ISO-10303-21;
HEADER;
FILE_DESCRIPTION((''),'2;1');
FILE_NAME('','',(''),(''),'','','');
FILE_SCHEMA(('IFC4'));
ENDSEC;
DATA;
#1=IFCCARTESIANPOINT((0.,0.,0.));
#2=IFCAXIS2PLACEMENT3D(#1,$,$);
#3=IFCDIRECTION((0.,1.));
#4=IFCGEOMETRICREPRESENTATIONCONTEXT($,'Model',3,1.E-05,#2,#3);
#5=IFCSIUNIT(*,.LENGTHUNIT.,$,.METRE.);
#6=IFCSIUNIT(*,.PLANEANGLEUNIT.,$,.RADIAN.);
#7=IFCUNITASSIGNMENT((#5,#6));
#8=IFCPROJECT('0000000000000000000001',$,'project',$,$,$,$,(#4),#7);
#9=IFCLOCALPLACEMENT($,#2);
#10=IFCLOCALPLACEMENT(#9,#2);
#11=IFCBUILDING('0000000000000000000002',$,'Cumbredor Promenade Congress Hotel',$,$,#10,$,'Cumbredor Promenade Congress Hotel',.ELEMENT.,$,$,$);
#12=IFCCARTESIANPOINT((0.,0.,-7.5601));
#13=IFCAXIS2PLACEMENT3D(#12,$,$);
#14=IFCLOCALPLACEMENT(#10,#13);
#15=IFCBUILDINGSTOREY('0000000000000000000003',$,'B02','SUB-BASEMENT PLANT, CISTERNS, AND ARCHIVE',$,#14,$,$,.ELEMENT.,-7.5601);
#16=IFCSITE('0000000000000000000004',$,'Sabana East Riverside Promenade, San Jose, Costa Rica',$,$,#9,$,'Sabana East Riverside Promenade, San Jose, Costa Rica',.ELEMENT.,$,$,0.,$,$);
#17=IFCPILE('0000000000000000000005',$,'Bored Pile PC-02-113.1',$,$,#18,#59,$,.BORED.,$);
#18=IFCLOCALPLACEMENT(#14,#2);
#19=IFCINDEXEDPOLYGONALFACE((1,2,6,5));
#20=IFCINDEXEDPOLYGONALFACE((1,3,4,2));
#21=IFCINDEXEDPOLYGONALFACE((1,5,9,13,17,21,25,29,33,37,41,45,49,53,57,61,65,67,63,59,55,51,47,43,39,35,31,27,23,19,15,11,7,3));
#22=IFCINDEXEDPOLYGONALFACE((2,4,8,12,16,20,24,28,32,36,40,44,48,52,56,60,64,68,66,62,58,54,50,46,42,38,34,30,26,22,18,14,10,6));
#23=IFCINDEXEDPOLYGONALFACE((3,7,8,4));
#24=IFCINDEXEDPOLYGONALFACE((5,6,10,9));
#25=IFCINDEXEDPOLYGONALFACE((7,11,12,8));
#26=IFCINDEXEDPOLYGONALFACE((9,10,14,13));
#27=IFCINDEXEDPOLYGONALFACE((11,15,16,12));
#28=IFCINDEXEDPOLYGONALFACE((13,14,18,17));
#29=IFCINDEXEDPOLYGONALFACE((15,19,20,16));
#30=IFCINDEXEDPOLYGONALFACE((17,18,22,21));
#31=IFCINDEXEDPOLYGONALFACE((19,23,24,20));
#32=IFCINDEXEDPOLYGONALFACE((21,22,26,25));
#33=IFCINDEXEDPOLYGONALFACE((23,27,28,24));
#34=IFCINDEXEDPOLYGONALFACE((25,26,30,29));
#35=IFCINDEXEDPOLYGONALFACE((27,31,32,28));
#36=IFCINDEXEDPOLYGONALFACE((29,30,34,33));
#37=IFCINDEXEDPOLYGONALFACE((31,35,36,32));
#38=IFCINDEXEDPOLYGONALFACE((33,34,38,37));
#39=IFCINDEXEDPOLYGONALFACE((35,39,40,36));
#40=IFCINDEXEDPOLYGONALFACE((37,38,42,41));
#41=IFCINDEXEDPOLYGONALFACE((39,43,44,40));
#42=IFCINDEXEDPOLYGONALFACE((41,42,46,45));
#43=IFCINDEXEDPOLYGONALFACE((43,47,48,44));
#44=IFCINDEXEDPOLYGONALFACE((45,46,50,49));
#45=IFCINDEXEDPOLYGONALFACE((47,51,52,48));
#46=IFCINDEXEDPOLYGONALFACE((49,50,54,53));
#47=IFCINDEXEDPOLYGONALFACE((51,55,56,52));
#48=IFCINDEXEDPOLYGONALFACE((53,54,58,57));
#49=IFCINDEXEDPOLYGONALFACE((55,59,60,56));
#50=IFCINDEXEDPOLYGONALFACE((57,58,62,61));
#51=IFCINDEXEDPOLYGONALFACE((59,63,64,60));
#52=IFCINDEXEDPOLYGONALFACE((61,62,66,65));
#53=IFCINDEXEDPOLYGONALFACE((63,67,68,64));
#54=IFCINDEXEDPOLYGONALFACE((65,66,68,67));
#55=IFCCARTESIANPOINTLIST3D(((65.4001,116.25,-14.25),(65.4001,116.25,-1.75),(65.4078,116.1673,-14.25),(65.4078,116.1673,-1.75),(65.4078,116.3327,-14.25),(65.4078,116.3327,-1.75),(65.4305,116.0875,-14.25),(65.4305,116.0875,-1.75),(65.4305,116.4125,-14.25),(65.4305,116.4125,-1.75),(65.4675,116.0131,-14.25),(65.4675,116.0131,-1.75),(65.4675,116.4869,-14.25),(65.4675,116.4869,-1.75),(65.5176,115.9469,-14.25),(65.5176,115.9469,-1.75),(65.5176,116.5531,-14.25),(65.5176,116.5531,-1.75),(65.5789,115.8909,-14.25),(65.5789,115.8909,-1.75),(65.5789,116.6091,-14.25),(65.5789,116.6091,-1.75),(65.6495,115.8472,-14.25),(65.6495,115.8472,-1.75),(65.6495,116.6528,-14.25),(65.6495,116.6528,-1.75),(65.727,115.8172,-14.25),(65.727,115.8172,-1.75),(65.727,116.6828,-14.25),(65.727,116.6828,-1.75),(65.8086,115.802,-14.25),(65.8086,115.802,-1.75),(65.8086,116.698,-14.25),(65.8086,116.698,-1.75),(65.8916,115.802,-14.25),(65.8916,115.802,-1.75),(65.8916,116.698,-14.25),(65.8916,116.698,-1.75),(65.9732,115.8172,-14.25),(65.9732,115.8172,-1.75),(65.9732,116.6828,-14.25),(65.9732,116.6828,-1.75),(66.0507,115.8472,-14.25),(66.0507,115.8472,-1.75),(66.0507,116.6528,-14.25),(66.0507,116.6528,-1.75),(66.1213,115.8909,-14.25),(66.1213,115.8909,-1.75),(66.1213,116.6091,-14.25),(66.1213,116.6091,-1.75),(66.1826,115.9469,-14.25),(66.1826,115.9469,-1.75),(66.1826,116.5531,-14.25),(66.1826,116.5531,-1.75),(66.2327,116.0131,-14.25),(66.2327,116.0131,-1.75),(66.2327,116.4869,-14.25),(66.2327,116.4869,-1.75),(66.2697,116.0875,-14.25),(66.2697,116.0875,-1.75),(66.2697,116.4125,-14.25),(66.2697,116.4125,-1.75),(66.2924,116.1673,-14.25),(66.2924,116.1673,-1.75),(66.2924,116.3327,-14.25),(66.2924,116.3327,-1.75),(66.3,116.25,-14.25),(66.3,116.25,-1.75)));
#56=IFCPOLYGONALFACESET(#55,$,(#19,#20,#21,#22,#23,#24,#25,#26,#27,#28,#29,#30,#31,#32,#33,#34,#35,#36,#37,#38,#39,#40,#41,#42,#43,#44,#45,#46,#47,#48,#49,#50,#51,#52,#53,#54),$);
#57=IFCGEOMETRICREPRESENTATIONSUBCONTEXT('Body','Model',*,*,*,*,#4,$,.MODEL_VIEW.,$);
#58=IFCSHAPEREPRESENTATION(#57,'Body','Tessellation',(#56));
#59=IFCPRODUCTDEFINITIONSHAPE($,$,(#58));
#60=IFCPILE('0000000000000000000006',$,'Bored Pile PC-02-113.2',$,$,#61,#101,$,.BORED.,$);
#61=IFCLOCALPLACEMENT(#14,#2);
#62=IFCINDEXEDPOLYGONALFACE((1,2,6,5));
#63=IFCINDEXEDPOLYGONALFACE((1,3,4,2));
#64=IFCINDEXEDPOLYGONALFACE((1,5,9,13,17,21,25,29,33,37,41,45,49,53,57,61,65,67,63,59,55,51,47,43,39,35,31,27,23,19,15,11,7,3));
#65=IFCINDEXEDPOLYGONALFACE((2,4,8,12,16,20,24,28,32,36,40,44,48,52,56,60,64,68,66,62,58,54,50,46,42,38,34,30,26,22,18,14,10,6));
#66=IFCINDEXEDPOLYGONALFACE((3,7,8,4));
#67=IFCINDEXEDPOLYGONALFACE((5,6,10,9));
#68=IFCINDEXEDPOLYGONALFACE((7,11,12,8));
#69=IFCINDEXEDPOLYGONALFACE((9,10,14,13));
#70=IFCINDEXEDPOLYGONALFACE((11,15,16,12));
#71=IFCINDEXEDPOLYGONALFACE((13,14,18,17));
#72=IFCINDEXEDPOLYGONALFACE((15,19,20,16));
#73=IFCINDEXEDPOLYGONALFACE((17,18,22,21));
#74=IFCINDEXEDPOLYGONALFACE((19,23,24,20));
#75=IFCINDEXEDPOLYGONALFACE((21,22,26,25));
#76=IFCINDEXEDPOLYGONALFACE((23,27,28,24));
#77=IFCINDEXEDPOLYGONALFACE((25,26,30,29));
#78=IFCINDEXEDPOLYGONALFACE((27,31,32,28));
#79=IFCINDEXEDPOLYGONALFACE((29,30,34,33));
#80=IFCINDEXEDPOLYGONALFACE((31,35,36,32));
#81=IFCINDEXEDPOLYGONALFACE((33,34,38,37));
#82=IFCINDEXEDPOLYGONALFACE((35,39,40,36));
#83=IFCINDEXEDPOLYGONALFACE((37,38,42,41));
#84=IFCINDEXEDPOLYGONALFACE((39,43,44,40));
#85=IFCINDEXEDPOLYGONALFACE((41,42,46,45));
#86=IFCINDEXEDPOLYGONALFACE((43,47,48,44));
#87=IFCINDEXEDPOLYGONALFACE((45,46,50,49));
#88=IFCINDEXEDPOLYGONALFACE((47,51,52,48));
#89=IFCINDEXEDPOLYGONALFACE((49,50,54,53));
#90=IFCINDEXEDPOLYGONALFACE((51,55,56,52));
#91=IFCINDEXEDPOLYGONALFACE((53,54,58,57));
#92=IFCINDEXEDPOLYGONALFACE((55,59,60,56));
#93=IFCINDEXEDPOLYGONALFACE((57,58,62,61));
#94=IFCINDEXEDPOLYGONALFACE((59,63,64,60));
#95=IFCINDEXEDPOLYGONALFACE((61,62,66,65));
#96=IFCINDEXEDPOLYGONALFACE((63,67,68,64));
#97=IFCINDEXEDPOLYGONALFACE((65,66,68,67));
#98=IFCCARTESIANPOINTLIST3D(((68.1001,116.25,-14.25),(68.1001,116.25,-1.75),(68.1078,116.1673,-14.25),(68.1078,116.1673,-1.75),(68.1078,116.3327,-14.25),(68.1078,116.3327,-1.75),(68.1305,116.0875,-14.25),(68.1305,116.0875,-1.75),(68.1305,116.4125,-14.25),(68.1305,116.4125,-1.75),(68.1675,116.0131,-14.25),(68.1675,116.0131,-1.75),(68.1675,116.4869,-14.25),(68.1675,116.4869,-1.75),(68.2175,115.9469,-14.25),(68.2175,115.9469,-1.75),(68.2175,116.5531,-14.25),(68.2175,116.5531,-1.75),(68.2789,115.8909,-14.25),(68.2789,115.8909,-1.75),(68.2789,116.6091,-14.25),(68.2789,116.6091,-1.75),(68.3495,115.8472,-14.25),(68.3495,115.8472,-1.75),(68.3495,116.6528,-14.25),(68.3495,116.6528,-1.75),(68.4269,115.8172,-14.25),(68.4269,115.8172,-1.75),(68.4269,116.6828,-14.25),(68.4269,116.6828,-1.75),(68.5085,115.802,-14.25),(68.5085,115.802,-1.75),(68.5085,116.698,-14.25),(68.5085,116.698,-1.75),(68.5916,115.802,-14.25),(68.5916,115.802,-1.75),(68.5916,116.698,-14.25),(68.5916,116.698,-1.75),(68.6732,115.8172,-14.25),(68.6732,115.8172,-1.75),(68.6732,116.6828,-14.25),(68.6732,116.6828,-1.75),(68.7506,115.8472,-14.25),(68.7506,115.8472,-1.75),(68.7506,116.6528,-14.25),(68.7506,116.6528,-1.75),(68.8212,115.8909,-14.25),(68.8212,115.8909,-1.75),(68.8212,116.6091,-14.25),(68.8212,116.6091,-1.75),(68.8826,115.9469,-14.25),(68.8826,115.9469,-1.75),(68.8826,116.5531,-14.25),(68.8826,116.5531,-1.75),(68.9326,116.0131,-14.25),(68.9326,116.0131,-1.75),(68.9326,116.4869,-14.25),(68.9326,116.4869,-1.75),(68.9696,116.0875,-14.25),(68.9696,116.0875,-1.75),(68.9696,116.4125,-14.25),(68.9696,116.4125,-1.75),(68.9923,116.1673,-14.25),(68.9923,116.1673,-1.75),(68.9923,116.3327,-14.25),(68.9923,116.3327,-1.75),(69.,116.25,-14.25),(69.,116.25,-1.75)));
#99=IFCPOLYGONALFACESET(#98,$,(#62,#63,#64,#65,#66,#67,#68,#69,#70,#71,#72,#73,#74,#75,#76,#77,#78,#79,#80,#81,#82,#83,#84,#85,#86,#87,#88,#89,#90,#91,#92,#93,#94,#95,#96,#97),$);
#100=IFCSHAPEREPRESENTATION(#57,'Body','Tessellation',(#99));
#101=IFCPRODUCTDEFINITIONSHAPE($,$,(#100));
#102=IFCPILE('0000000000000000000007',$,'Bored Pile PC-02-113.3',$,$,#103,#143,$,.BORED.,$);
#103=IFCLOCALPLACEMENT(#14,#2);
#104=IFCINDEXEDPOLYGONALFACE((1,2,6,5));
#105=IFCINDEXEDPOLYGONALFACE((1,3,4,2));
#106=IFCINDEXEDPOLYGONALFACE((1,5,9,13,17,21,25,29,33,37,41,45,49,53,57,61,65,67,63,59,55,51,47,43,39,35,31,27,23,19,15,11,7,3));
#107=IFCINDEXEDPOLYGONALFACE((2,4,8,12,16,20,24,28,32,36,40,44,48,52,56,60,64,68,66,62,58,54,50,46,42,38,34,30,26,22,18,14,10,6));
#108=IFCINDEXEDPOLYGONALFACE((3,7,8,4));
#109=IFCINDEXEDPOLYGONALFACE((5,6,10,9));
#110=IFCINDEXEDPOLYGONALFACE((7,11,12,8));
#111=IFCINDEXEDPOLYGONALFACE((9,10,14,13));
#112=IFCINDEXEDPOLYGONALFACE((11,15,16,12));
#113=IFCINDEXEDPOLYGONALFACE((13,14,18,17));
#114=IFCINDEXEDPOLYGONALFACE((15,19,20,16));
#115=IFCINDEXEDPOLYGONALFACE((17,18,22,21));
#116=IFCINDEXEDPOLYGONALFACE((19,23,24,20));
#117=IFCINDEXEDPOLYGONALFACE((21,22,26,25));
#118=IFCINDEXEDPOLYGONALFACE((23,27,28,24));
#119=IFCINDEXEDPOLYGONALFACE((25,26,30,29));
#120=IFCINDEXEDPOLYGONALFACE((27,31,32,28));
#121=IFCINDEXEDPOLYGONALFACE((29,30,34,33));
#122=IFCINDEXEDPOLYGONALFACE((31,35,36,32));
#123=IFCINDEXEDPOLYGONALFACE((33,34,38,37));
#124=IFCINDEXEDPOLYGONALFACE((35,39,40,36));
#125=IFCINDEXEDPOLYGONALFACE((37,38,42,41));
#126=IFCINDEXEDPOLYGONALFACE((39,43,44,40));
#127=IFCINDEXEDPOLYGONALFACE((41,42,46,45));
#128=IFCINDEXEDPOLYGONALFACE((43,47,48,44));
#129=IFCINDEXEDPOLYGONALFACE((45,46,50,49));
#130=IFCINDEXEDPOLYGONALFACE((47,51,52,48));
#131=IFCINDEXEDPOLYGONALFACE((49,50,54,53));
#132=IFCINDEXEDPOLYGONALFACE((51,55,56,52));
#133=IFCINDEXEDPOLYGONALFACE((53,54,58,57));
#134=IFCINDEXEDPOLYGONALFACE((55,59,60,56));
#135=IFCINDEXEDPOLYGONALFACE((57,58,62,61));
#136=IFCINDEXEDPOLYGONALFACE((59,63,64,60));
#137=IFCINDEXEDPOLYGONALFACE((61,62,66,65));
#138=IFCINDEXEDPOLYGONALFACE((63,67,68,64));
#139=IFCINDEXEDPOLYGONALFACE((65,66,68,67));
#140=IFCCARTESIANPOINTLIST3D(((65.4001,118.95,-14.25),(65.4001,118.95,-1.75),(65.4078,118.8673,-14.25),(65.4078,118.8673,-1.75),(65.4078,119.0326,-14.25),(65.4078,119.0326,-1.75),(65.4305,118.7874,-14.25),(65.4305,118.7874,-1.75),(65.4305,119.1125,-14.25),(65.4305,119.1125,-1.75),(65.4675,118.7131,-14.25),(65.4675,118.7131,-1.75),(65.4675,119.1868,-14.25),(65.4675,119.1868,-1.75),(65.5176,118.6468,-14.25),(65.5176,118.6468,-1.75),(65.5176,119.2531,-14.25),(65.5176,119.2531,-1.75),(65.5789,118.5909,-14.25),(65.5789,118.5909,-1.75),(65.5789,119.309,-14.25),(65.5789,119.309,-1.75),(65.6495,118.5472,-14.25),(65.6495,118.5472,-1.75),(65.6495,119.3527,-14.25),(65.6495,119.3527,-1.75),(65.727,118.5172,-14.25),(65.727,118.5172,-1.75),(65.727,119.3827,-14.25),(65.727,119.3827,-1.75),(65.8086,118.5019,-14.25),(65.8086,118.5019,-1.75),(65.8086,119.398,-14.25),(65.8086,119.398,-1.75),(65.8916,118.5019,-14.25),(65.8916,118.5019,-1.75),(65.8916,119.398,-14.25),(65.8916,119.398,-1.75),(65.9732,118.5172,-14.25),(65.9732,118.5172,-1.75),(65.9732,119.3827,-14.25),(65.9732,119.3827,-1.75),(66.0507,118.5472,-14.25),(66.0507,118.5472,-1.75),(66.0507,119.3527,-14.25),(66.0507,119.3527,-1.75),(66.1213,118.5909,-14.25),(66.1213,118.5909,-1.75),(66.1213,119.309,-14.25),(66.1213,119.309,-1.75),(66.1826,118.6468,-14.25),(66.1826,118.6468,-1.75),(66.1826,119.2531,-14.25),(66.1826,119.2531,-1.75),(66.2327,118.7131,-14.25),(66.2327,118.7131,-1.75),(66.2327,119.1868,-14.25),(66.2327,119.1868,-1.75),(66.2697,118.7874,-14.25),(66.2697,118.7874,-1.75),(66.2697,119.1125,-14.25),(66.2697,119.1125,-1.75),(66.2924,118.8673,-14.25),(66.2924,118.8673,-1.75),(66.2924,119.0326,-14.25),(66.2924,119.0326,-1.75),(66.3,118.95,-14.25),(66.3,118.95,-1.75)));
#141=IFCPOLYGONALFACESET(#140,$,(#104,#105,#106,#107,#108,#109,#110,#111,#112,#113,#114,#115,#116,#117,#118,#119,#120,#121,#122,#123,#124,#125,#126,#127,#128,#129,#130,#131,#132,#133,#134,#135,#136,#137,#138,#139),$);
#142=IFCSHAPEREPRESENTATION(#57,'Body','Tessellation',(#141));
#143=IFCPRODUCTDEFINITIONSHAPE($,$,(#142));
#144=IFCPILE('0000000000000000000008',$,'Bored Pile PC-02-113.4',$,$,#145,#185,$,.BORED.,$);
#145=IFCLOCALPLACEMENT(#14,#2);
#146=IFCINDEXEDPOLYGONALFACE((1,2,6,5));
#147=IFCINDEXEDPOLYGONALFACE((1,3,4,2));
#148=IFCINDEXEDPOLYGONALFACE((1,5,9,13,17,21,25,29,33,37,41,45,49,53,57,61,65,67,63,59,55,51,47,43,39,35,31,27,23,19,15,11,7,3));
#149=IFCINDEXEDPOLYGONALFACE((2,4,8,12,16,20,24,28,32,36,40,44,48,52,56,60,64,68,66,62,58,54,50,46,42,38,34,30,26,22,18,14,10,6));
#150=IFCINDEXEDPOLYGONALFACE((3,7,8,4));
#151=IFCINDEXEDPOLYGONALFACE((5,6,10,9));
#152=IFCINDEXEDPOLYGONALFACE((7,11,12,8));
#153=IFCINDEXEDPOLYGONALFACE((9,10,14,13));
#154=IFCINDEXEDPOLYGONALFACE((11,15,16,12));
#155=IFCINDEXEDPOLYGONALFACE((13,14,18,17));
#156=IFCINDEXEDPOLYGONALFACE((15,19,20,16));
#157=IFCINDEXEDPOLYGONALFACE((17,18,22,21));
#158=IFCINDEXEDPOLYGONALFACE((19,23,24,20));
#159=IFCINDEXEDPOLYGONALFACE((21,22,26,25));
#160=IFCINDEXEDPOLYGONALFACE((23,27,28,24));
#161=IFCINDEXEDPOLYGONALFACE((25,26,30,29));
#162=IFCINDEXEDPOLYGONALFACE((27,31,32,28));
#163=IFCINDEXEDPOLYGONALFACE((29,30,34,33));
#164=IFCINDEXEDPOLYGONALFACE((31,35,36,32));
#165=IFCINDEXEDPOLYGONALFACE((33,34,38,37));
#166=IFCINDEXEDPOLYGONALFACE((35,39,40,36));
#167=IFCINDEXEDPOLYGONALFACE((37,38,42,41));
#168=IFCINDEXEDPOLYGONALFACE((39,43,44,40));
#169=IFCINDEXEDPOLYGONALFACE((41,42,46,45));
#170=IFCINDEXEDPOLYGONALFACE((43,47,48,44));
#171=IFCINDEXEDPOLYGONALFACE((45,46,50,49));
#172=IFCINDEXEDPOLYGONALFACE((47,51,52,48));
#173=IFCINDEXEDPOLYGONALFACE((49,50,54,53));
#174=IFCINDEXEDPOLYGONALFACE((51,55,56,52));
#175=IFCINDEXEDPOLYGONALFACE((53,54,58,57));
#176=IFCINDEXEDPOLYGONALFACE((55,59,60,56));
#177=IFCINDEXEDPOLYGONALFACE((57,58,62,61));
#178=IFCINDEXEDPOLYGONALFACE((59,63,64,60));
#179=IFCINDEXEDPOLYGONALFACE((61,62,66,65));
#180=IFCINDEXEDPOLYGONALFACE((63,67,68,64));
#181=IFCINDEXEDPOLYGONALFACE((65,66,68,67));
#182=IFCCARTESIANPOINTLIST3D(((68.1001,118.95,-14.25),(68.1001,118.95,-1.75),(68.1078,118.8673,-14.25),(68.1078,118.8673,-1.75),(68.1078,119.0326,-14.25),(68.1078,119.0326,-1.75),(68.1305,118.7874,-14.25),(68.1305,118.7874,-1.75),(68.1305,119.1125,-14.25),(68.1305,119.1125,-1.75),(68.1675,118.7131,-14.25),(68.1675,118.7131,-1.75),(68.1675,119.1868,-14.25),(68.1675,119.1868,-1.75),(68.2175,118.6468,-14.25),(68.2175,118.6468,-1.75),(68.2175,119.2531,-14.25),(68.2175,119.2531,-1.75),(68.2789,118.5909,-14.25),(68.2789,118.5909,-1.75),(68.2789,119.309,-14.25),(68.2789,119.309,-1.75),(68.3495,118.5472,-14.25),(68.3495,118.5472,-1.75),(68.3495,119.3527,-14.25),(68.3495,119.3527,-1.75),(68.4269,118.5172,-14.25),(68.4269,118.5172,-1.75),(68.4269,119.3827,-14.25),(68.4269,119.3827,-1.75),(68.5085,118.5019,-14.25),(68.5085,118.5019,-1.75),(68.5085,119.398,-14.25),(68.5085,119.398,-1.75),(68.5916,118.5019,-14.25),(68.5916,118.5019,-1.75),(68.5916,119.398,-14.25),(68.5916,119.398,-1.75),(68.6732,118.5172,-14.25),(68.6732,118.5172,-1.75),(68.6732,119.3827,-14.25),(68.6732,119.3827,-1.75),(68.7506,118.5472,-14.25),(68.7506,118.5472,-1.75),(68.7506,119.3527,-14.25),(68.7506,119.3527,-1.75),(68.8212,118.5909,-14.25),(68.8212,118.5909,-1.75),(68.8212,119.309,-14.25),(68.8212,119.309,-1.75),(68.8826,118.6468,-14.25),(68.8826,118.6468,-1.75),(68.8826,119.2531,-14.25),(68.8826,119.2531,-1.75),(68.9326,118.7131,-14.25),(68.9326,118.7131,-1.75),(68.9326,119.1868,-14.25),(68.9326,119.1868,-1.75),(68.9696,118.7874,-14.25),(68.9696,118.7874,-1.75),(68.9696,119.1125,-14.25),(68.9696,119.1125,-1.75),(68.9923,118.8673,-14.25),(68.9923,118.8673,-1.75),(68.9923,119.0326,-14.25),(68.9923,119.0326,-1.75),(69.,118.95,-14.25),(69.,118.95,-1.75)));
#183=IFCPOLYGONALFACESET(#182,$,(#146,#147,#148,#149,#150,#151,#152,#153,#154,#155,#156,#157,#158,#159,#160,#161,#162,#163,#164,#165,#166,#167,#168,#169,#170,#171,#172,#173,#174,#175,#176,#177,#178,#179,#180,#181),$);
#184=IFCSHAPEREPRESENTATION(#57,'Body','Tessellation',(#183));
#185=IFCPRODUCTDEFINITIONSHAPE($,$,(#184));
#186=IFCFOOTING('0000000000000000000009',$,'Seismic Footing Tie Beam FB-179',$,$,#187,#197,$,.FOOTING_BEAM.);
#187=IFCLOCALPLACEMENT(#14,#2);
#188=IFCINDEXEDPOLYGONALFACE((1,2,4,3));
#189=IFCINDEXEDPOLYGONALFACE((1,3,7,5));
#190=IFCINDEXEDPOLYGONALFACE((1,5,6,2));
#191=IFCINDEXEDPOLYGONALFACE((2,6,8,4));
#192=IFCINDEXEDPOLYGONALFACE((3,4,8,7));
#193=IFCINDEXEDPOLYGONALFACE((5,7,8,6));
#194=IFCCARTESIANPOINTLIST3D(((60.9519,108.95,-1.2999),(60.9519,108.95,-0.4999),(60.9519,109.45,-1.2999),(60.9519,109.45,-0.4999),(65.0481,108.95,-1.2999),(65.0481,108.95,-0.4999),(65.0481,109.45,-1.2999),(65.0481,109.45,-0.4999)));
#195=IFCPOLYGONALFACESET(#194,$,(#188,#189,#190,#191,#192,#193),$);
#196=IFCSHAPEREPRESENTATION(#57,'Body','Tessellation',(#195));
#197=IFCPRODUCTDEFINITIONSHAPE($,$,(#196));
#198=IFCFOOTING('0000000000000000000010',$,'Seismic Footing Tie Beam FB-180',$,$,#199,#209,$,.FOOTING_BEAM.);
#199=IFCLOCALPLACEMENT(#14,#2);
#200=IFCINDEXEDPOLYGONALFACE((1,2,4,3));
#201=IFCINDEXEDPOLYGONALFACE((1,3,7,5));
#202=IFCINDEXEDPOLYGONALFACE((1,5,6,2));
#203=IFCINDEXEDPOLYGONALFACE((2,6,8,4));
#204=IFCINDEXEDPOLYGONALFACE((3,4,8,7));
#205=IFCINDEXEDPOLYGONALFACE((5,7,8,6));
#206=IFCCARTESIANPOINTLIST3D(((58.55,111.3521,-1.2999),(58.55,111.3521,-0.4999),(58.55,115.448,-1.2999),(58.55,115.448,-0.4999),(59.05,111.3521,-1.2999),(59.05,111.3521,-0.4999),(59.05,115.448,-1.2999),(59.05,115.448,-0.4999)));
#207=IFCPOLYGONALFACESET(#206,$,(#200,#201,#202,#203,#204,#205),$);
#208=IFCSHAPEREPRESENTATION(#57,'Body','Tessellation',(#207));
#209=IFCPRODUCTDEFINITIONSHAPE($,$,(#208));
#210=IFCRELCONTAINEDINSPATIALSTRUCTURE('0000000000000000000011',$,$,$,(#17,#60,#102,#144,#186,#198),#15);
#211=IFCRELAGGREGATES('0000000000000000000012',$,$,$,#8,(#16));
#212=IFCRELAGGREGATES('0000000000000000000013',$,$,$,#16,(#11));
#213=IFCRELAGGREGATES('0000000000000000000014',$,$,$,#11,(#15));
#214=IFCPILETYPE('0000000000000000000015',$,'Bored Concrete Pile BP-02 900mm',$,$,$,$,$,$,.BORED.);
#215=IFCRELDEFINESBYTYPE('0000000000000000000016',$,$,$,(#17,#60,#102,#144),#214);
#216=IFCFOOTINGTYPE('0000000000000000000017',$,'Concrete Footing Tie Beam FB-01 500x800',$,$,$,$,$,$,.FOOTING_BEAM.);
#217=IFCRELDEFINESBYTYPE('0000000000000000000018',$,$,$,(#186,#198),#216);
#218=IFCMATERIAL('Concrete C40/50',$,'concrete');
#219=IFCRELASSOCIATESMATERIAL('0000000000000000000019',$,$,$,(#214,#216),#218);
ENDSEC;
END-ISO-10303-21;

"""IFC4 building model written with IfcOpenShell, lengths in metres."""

from ifc_helpers import new_model, si_unit, direction, frame, origin, origin_2d, place, context, subcontext, project, spatial, rectangle, circle, extrude, material, material_profile, profile_set, type_object, element, save


model = new_model("IFC4")

# Units and contexts
model_context = context("Model", 3, precision=1e-05, world=origin(), true_north=direction((0.0, 1.0)))
body_context = subcontext(model_context, "Body", "Model", "MODEL_VIEW")
ifc_project = project(units=[si_unit("LENGTHUNIT", "METRE"), si_unit("PLANEANGLEUNIT", "RADIAN")], contexts=[model_context])

# Site, building, storey
site_placement = place(None, origin())
site = spatial("IfcSite", under=ifc_project, at=site_placement, Name="Sabana East Riverside Promenade, San Jose, Costa Rica", LongName="Sabana East Riverside Promenade, San Jose, Costa Rica", CompositionType="ELEMENT", RefElevation=0.0)
building_placement = place(site_placement, origin())
building = spatial("IfcBuilding", under=site, at=building_placement, Name="Cumbredor Promenade Congress Hotel", LongName="Cumbredor Promenade Congress Hotel", CompositionType="ELEMENT")
storey_placement = place(building_placement, frame((0.0, 0.0, -7.5601)))
storey = spatial("IfcBuildingStorey", under=building, at=storey_placement, Name="B02", Description="SUB-BASEMENT PLANT, CISTERNS, AND ARCHIVE", CompositionType="ELEMENT", Elevation=-7.5601)

# Piles
ifc_material_1 = material(Name="Concrete C40/50", Category="concrete")
ifc_material_profile_1 = material_profile(ifc_material_1, circle(Radius=0.45, at=origin_2d()), Name="PILE D900")
ifc_profile_set_1 = profile_set([ifc_material_profile_1], Name="Concrete C40/50")
pile_type = type_object("IfcPileType", Name="Bored Concrete Pile BP-02 900mm", PredefinedType="BORED", material=ifc_profile_set_1)
for number, where, z_axis, x_axis, name in (
    (1, (65.8501, 116.25, -1.75), (0.0, 0.0, -1.0), (1.0, 0.0, 0.0), "Bored Pile PC-02-113.1"),
    (2, (68.55, 116.25, -1.75), (0.0, 0.0, -1.0), (1.0, 0.0, 0.0), "Bored Pile PC-02-113.2"),
    (3, (65.8501, 118.95, -1.75), (0.0, 0.0, -1.0), (1.0, 0.0, 0.0), "Bored Pile PC-02-113.3"),
    (4, (68.55, 118.95, -1.75), (0.0, 0.0, -1.0), (1.0, 0.0, 0.0), "Bored Pile PC-02-113.4"),
):
    element("IfcPile", number, at=place(storey_placement, frame(where, z_axis=z_axis, x_axis=x_axis)), inside=storey, type_object=pile_type, Name=name, PredefinedType="BORED", context=body_context, shape_type="SweptSolid", body=[
        extrude(circle(Radius=0.45, at=origin_2d()), origin(), (0.0, 0.0, 1.0), 12.5),
    ])

# Footings
ifc_material_profile_2 = material_profile(ifc_material_1, rectangle(XDim=0.5, YDim=0.8, at=origin_2d()), Name="FB 500x800")
ifc_profile_set_2 = profile_set([ifc_material_profile_2], Name="Concrete C40/50")
footing_type_1 = type_object("IfcFootingType", Name="Concrete Footing Tie Beam FB-01 500x800", PredefinedType="FOOTING_BEAM", material=ifc_profile_set_2)
footing_1_placement = place(storey_placement, frame((60.9519, 109.2, -0.8999), z_axis=(1.0, 0.0, 0.0), x_axis=(0.0, 1.0, 0.0)))
element("IfcFooting", 5, at=footing_1_placement, inside=storey, type_object=footing_type_1, Name="Seismic Footing Tie Beam FB-179", PredefinedType="FOOTING_BEAM", context=body_context, shape_type="SweptSolid", body=[
    extrude(rectangle(XDim=0.5, YDim=0.8, at=origin_2d()), origin(), (0.0, 0.0, 1.0), 4.0962),
])
for number, where, z_axis, x_axis, name in (
    (6, (58.8, 111.3521, -0.8999), (0.0, 1.0, 0.0), (-1.0, 0.0, 0.0), "Seismic Footing Tie Beam FB-180"),
):
    element("IfcFooting", number, at=place(storey_placement, frame(where, z_axis=z_axis, x_axis=x_axis)), inside=storey, type_object=footing_type_1, Name=name, PredefinedType="FOOTING_BEAM", context=body_context, shape_type="SweptSolid", body=[
        extrude(rectangle(XDim=0.5, YDim=0.8, at=origin_2d()), origin(), (0.0, 0.0, 1.0), 4.0959),
    ])

save(model, "model.ifc")
